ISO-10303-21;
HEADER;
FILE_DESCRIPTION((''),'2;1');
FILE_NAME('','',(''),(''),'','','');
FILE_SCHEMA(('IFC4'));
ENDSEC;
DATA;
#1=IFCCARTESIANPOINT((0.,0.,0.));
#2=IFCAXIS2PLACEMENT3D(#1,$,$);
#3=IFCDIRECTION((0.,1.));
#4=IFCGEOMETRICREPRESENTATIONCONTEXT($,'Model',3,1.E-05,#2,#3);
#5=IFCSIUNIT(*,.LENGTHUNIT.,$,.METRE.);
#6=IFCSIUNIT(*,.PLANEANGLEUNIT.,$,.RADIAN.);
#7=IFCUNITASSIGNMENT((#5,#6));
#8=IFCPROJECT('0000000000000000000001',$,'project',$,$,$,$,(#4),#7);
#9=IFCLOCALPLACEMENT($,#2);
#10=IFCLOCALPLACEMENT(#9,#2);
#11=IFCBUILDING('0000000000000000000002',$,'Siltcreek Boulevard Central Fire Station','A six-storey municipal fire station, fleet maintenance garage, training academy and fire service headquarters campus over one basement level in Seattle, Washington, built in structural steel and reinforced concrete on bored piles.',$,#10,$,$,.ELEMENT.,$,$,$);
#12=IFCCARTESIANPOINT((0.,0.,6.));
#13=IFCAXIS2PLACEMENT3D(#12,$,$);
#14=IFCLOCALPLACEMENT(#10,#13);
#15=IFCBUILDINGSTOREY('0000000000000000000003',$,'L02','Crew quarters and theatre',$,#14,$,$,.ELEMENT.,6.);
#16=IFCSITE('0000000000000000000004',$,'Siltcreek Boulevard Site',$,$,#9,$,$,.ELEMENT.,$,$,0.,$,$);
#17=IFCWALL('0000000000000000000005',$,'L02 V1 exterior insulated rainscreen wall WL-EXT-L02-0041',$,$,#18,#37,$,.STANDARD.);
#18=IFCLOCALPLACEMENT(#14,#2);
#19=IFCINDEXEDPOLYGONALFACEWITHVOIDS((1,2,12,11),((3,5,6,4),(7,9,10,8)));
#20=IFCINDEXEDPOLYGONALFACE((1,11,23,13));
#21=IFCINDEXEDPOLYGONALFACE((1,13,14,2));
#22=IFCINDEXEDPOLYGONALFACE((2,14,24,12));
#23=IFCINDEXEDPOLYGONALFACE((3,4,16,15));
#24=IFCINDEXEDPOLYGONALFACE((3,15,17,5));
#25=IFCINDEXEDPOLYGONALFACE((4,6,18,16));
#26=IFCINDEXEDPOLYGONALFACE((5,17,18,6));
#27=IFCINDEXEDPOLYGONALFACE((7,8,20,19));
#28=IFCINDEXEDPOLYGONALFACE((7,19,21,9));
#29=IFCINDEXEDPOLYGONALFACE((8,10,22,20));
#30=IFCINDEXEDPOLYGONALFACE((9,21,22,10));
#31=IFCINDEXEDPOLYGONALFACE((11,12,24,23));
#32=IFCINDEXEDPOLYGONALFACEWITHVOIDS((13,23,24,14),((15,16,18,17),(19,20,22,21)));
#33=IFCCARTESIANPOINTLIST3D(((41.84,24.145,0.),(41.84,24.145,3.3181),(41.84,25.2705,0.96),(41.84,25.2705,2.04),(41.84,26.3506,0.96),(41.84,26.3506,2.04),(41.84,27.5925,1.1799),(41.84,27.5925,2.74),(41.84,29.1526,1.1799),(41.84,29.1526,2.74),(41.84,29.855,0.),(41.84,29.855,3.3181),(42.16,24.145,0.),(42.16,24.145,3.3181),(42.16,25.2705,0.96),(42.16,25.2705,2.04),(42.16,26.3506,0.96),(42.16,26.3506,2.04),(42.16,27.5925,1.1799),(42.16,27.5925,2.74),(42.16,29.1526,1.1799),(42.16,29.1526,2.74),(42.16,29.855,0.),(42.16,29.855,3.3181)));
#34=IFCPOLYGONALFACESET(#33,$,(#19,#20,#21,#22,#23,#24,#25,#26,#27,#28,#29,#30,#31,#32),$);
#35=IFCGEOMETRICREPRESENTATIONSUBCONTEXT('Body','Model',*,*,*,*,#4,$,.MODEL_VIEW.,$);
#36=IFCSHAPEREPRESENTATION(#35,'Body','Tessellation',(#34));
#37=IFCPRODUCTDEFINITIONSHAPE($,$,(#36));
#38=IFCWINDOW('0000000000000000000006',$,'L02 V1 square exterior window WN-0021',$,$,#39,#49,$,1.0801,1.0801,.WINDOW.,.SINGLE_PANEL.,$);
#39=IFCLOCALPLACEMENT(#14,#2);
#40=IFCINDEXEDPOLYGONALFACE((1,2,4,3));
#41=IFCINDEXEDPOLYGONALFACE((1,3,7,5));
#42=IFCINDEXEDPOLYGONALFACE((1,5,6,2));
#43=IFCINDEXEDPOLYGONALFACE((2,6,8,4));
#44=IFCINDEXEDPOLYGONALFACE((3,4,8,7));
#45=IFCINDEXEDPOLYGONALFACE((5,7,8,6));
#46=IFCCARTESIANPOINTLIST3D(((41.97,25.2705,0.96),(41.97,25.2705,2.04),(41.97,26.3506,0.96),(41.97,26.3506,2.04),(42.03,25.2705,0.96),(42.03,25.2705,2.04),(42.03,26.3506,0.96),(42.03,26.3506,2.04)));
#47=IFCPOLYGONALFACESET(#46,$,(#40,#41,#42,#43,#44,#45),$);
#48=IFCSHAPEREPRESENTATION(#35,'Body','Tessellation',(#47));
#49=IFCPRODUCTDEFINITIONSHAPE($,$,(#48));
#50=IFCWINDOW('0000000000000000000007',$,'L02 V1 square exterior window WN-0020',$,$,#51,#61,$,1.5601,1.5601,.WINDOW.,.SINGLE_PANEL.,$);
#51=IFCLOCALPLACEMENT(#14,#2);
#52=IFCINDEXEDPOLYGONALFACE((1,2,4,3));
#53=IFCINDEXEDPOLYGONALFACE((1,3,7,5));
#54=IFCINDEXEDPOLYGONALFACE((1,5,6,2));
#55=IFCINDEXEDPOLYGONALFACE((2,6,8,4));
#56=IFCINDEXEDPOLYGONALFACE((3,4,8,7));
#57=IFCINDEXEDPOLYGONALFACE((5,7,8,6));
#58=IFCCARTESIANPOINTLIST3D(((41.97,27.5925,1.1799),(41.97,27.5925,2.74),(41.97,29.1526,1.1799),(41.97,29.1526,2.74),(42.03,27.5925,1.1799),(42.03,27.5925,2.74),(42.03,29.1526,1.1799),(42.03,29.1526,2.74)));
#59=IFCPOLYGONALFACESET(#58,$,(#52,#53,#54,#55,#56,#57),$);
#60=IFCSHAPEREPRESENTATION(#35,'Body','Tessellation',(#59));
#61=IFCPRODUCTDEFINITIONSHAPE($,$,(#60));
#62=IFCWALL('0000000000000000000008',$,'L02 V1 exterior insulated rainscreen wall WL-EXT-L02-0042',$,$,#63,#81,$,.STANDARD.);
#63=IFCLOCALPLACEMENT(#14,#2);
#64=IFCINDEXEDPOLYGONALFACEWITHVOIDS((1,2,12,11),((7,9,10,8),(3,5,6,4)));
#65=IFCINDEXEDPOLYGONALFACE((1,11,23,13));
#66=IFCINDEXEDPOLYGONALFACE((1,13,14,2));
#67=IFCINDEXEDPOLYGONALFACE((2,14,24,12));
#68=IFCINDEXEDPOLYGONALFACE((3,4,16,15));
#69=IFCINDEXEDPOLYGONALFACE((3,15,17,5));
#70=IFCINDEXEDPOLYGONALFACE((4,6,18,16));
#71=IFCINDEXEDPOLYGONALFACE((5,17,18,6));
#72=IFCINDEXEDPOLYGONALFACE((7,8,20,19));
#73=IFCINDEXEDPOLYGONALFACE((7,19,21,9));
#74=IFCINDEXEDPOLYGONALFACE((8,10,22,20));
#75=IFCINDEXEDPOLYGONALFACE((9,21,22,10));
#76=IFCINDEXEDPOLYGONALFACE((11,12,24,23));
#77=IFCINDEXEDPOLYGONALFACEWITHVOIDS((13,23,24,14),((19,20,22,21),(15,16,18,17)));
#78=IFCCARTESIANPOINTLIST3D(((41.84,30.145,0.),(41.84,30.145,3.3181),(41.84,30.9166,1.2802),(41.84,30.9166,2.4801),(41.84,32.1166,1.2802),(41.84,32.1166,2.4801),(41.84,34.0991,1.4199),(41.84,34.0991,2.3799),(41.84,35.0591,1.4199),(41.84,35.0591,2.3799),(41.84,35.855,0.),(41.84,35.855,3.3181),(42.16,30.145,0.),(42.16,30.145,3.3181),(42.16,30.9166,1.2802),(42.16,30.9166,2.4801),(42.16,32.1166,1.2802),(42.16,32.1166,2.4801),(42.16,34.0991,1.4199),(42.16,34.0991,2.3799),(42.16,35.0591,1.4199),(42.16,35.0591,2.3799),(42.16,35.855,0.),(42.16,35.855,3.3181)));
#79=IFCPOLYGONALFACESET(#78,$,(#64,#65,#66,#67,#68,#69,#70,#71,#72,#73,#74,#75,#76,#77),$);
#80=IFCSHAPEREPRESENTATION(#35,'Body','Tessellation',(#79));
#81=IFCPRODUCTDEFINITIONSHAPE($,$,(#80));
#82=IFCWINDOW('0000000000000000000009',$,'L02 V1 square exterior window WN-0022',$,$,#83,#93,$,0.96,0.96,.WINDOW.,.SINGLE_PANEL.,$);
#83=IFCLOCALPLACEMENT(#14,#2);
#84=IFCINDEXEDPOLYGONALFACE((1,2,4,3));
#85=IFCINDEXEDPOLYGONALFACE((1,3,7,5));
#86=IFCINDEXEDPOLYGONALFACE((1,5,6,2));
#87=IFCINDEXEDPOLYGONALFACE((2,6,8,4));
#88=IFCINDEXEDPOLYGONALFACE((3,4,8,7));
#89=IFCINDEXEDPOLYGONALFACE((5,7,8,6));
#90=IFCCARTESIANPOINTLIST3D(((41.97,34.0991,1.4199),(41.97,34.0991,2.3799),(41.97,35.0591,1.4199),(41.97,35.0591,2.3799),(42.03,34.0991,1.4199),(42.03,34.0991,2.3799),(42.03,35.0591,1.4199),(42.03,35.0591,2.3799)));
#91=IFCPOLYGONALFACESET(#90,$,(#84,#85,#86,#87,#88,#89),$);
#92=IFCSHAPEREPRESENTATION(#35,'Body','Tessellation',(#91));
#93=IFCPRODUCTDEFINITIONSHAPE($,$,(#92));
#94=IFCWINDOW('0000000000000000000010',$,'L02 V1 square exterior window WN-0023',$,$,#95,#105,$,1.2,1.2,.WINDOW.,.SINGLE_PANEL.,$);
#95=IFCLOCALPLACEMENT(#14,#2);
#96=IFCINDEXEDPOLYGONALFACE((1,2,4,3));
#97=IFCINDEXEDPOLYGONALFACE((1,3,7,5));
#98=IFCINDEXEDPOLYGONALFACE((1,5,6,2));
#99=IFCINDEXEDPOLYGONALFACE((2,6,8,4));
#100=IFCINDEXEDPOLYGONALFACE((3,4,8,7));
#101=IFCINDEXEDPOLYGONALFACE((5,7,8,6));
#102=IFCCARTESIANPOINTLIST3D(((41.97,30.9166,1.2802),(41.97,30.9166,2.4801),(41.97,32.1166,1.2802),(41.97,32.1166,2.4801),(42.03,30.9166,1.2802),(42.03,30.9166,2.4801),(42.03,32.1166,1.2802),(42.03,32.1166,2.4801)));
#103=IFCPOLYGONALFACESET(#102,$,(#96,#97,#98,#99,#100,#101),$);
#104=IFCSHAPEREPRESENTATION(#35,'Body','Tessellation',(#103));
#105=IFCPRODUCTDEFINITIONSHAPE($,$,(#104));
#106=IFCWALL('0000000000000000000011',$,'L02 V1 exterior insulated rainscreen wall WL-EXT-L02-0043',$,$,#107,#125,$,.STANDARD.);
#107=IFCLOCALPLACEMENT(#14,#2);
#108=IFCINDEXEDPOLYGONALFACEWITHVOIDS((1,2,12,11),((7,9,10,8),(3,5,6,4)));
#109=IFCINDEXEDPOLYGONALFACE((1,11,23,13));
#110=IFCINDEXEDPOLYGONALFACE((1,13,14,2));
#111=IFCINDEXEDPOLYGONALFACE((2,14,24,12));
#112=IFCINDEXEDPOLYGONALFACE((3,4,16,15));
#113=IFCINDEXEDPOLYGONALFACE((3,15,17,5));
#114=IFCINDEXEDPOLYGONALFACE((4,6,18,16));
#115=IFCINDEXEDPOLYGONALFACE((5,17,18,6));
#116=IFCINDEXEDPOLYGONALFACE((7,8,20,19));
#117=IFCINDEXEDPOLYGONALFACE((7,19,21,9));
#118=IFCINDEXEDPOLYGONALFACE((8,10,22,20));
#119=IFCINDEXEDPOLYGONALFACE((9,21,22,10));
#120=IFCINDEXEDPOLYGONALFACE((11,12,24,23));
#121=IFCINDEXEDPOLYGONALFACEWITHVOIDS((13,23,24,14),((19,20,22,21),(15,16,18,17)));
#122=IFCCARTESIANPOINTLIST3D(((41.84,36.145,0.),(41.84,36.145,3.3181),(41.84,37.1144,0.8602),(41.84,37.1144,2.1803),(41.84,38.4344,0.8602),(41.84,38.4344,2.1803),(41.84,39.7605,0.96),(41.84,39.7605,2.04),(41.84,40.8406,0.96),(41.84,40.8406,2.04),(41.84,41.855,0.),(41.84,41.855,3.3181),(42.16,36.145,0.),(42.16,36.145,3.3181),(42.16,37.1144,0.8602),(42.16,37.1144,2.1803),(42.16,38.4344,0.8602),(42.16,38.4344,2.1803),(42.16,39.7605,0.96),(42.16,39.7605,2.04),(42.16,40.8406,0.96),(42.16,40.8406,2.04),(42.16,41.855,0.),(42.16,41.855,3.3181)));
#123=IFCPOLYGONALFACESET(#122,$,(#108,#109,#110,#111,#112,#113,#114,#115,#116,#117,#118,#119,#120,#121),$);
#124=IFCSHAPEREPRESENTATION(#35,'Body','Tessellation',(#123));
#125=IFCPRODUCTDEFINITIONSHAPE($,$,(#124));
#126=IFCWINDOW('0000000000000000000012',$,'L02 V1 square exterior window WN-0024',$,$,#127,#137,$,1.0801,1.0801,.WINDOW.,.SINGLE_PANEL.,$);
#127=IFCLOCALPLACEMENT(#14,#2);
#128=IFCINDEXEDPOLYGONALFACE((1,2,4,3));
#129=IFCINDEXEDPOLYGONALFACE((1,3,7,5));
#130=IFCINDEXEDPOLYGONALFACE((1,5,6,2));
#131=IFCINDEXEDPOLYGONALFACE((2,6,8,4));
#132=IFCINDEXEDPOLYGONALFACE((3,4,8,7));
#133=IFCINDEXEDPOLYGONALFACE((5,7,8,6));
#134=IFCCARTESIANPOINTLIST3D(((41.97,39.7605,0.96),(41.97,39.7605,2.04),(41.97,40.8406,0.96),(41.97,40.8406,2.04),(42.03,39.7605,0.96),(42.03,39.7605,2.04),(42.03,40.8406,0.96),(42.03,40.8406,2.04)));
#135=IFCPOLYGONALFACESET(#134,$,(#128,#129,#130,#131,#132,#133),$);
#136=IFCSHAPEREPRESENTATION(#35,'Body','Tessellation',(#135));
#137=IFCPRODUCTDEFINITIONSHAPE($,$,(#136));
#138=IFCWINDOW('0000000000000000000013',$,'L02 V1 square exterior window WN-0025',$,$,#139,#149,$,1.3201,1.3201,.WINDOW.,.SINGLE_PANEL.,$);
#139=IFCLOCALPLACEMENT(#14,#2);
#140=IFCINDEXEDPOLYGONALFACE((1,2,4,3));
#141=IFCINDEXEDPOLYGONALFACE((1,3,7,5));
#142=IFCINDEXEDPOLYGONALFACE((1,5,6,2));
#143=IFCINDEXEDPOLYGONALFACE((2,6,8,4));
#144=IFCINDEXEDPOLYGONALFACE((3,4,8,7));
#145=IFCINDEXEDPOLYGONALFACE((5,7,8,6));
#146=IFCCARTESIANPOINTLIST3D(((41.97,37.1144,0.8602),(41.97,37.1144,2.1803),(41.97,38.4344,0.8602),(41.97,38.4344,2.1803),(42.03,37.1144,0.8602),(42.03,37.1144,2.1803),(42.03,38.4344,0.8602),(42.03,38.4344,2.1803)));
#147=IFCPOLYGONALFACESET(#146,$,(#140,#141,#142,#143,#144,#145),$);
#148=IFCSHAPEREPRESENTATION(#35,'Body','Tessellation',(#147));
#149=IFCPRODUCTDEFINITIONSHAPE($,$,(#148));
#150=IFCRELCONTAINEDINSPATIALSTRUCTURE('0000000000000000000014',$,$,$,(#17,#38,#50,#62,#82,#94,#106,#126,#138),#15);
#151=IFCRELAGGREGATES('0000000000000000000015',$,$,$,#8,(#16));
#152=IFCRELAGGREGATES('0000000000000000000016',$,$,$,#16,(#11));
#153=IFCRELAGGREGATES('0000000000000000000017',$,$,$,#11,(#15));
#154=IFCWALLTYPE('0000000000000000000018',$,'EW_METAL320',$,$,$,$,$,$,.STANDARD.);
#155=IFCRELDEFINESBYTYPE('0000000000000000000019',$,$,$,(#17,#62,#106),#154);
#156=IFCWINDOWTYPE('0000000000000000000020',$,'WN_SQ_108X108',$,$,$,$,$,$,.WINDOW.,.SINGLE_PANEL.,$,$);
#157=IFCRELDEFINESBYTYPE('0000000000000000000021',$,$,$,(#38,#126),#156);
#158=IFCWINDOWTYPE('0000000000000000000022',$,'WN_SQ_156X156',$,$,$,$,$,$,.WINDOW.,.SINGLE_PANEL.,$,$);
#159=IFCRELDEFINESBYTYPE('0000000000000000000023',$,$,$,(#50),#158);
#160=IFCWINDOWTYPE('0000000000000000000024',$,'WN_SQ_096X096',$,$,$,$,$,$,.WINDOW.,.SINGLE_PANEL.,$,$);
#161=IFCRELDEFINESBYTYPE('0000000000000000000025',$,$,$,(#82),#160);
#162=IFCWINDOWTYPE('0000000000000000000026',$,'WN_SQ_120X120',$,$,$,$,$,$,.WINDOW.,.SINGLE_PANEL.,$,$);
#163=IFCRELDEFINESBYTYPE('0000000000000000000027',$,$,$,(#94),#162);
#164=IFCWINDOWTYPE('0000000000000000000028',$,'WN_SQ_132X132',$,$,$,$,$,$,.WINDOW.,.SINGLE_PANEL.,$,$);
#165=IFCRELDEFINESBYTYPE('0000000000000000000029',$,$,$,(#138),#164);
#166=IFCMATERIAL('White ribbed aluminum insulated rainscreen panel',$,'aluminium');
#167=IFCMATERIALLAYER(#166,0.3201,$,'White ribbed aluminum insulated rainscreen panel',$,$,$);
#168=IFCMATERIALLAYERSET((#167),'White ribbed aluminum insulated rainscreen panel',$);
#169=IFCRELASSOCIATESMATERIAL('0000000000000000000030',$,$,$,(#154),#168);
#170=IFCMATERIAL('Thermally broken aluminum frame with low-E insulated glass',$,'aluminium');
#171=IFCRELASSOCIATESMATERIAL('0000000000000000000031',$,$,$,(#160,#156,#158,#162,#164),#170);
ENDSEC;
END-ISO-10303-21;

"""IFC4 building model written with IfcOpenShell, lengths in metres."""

from ifc_helpers import new_model, si_unit, direction, frame, frame_2d, origin, place, context, subcontext, project, spatial, rectangle, extrude, material, layer, layer_set, type_object, element, fill, save


model = new_model("IFC4")

# Units and contexts
model_context = context("Model", 3, precision=1e-05, world=origin(), true_north=direction((0.0, 1.0)))
body_context = subcontext(model_context, "Body", "Model", "MODEL_VIEW")
ifc_project = project(units=[si_unit("LENGTHUNIT", "METRE"), si_unit("PLANEANGLEUNIT", "RADIAN")], contexts=[model_context])

# Site, building, storey
site_placement = place(None, origin())
site = spatial("IfcSite", under=ifc_project, at=site_placement, Name="Siltcreek Boulevard Site", CompositionType="ELEMENT", RefElevation=0.0)
building_placement = place(site_placement, origin())
building = spatial("IfcBuilding", under=site, at=building_placement, Name="Siltcreek Boulevard Central Fire Station", Description="A six-storey municipal fire station, fleet maintenance garage, training academy and fire service headquarters campus over one basement level in Seattle, Washington, built in structural steel and reinforced concrete on bored piles.", CompositionType="ELEMENT")
storey_placement = place(building_placement, frame((0.0, 0.0, 6.0)))
storey = spatial("IfcBuildingStorey", under=building, at=storey_placement, Name="L02", Description="Crew quarters and theatre", CompositionType="ELEMENT", Elevation=6.0)

# Walls, openings, windows
ifc_material_1 = material(Name="White ribbed aluminum insulated rainscreen panel", Category="aluminium")
ifc_layer_1 = layer(ifc_material_1, 0.3201, Name="White ribbed aluminum insulated rainscreen panel")
ifc_layer_set_1 = layer_set([ifc_layer_1], Name="White ribbed aluminum insulated rainscreen panel")
wall_type = type_object("IfcWallType", Name="EW_METAL320", PredefinedType="STANDARD", material=ifc_layer_set_1)
ifc_material_2 = material(Name="Thermally broken aluminum frame with low-E insulated glass", Category="aluminium")
window_type_1 = type_object("IfcWindowType", Name="WN_SQ_096X096", PartitioningType="SINGLE_PANEL", PredefinedType="WINDOW", material=ifc_material_2)
wall_1_placement = place(storey_placement, frame((42.0, 29.855, 0.0), z_axis=(0.0, 0.0, 1.0), x_axis=(0.0, -1.0, 0.0)))
wall_1 = element("IfcWall", 1, at=wall_1_placement, inside=storey, type_object=wall_type, Name="L02 V1 exterior insulated rainscreen wall WL-EXT-L02-0041", PredefinedType="STANDARD", context=body_context, shape_type="SweptSolid", body=[
    extrude(rectangle(XDim=5.71, YDim=0.3201, at=frame_2d((2.855, 0.0))), origin(), (0.0, 0.0, 1.0), 3.3181),
])
opening_1_placement = place(wall_1_placement, frame((0.7024, 0.0, 1.1799)))
opening_1 = element("IfcOpeningElement", 2, at=opening_1_placement, cuts=wall_1, PredefinedType="OPENING", context=body_context, shape_type="SweptSolid", body=[
    extrude(rectangle(XDim=1.5601, YDim=1.5601, at=frame_2d((0.78, 0.78))), frame((0.0, 0.1699, 0.0), z_axis=(0.0, -1.0, 0.0), x_axis=(1.0, 0.0, 0.0)), (0.0, 0.0, 1.0), 0.3401),
])
opening_2_placement = place(wall_1_placement, frame((3.5044, 0.0, 0.96)))
opening_2 = element("IfcOpeningElement", 3, at=opening_2_placement, cuts=wall_1, PredefinedType="OPENING", context=body_context, shape_type="SweptSolid", body=[
    extrude(rectangle(XDim=1.0801, YDim=1.0801, at=frame_2d((0.54, 0.54))), frame((0.0, 0.1699, 0.0), z_axis=(0.0, -1.0, 0.0), x_axis=(1.0, 0.0, 0.0)), (0.0, 0.0, 1.0), 0.3401),
])
window_type_2 = type_object("IfcWindowType", Name="WN_SQ_108X108", PartitioningType="SINGLE_PANEL", PredefinedType="WINDOW", material=ifc_material_2)
window_1_placement = place(opening_2_placement, origin())
window_1 = element("IfcWindow", 4, at=window_1_placement, inside=storey, type_object=window_type_2, Name="L02 V1 square exterior window WN-0021", OverallHeight=1.0801, OverallWidth=1.0801, PartitioningType="SINGLE_PANEL", PredefinedType="WINDOW", context=body_context, shape_type="SweptSolid", body=[
    extrude(rectangle(XDim=1.0801, YDim=1.0801, at=frame_2d((0.54, 0.54))), frame((0.0, 0.03, 0.0), z_axis=(0.0, -1.0, 0.0), x_axis=(1.0, 0.0, 0.0)), (0.0, 0.0, 1.0), 0.0601),
])
fill(opening_2, window_1)
window_type_3 = type_object("IfcWindowType", Name="WN_SQ_156X156", PartitioningType="SINGLE_PANEL", PredefinedType="WINDOW", material=ifc_material_2)
window_2_placement = place(opening_1_placement, origin())
window_2 = element("IfcWindow", 5, at=window_2_placement, inside=storey, type_object=window_type_3, Name="L02 V1 square exterior window WN-0020", OverallHeight=1.5601, OverallWidth=1.5601, PartitioningType="SINGLE_PANEL", PredefinedType="WINDOW", context=body_context, shape_type="SweptSolid", body=[
    extrude(rectangle(XDim=1.5601, YDim=1.5601, at=frame_2d((0.78, 0.78))), frame((0.0, 0.03, 0.0), z_axis=(0.0, -1.0, 0.0), x_axis=(1.0, 0.0, 0.0)), (0.0, 0.0, 1.0), 0.0601),
])
fill(opening_1, window_2)
wall_2_placement = place(storey_placement, frame((42.0, 35.855, 0.0), z_axis=(0.0, 0.0, 1.0), x_axis=(0.0, -1.0, 0.0)))
wall_2 = element("IfcWall", 6, at=wall_2_placement, inside=storey, type_object=wall_type, Name="L02 V1 exterior insulated rainscreen wall WL-EXT-L02-0042", PredefinedType="STANDARD", context=body_context, shape_type="SweptSolid", body=[
    extrude(rectangle(XDim=5.71, YDim=0.3201, at=frame_2d((2.855, 0.0))), origin(), (0.0, 0.0, 1.0), 3.3181),
])
opening_3_placement = place(wall_2_placement, frame((0.7959, 0.0, 1.4199)))
opening_3 = element("IfcOpeningElement", 7, at=opening_3_placement, cuts=wall_2, PredefinedType="OPENING", context=body_context, shape_type="SweptSolid", body=[
    extrude(rectangle(XDim=0.96, YDim=0.96, at=frame_2d((0.48, 0.48))), frame((0.0, 0.1699, 0.0), z_axis=(0.0, -1.0, 0.0), x_axis=(1.0, 0.0, 0.0)), (0.0, 0.0, 1.0), 0.3401),
])
opening_4_placement = place(wall_2_placement, frame((3.7383, 0.0, 1.28)))
opening_4 = element("IfcOpeningElement", 8, at=opening_4_placement, cuts=wall_2, PredefinedType="OPENING", context=body_context, shape_type="SweptSolid", body=[
    extrude(rectangle(XDim=1.2, YDim=1.2, at=frame_2d((0.6001, 0.6001))), frame((0.0, 0.1699, 0.0), z_axis=(0.0, -1.0, 0.0), x_axis=(1.0, 0.0, 0.0)), (0.0, 0.0, 1.0), 0.3401),
])
window_3_placement = place(opening_3_placement, origin())
window_3 = element("IfcWindow", 9, at=window_3_placement, inside=storey, type_object=window_type_1, Name="L02 V1 square exterior window WN-0022", OverallHeight=0.96, OverallWidth=0.96, PartitioningType="SINGLE_PANEL", PredefinedType="WINDOW", context=body_context, shape_type="SweptSolid", body=[
    extrude(rectangle(XDim=0.96, YDim=0.96, at=frame_2d((0.48, 0.48))), frame((0.0, 0.03, 0.0), z_axis=(0.0, -1.0, 0.0), x_axis=(1.0, 0.0, 0.0)), (0.0, 0.0, 1.0), 0.0601),
])
fill(opening_3, window_3)
window_type_4 = type_object("IfcWindowType", Name="WN_SQ_120X120", PartitioningType="SINGLE_PANEL", PredefinedType="WINDOW", material=ifc_material_2)
window_4_placement = place(opening_4_placement, origin())
window_4 = element("IfcWindow", 10, at=window_4_placement, inside=storey, type_object=window_type_4, Name="L02 V1 square exterior window WN-0023", OverallHeight=1.2, OverallWidth=1.2, PartitioningType="SINGLE_PANEL", PredefinedType="WINDOW", context=body_context, shape_type="SweptSolid", body=[
    extrude(rectangle(XDim=1.2, YDim=1.2, at=frame_2d((0.6001, 0.6001))), frame((0.0, 0.03, 0.0), z_axis=(0.0, -1.0, 0.0), x_axis=(1.0, 0.0, 0.0)), (0.0, 0.0, 1.0), 0.0601),
])
fill(opening_4, window_4)
wall_3_placement = place(storey_placement, frame((42.0, 41.855, 0.0), z_axis=(0.0, 0.0, 1.0), x_axis=(0.0, -1.0, 0.0)))
wall_3 = element("IfcWall", 11, at=wall_3_placement, inside=storey, type_object=wall_type, Name="L02 V1 exterior insulated rainscreen wall WL-EXT-L02-0043", PredefinedType="STANDARD", context=body_context, shape_type="SweptSolid", body=[
    extrude(rectangle(XDim=5.71, YDim=0.3201, at=frame_2d((2.855, 0.0))), origin(), (0.0, 0.0, 1.0), 3.3181),
])
opening_5_placement = place(wall_3_placement, frame((1.0144, 0.0, 0.96)))
opening_5 = element("IfcOpeningElement", 12, at=opening_5_placement, cuts=wall_3, PredefinedType="OPENING", context=body_context, shape_type="SweptSolid", body=[
    extrude(rectangle(XDim=1.0801, YDim=1.0801, at=frame_2d((0.54, 0.54))), frame((0.0, 0.1699, 0.0), z_axis=(0.0, -1.0, 0.0), x_axis=(1.0, 0.0, 0.0)), (0.0, 0.0, 1.0), 0.3401),
])
opening_6_placement = place(wall_3_placement, frame((3.4204, 0.0, 0.8601)))
opening_6 = element("IfcOpeningElement", 13, at=opening_6_placement, cuts=wall_3, PredefinedType="OPENING", context=body_context, shape_type="SweptSolid", body=[
    extrude(rectangle(XDim=1.3201, YDim=1.3201, at=frame_2d((0.6602, 0.6602))), frame((0.0, 0.1699, 0.0), z_axis=(0.0, -1.0, 0.0), x_axis=(1.0, 0.0, 0.0)), (0.0, 0.0, 1.0), 0.3401),
])
window_5_placement = place(opening_5_placement, origin())
window_5 = element("IfcWindow", 14, at=window_5_placement, inside=storey, type_object=window_type_2, Name="L02 V1 square exterior window WN-0024", OverallHeight=1.0801, OverallWidth=1.0801, PartitioningType="SINGLE_PANEL", PredefinedType="WINDOW", context=body_context, shape_type="SweptSolid", body=[
    extrude(rectangle(XDim=1.0801, YDim=1.0801, at=frame_2d((0.54, 0.54))), frame((0.0, 0.03, 0.0), z_axis=(0.0, -1.0, 0.0), x_axis=(1.0, 0.0, 0.0)), (0.0, 0.0, 1.0), 0.0601),
])
fill(opening_5, window_5)
window_type_5 = type_object("IfcWindowType", Name="WN_SQ_132X132", PartitioningType="SINGLE_PANEL", PredefinedType="WINDOW", material=ifc_material_2)
window_6_placement = place(opening_6_placement, origin())
window_6 = element("IfcWindow", 15, at=window_6_placement, inside=storey, type_object=window_type_5, Name="L02 V1 square exterior window WN-0025", OverallHeight=1.3201, OverallWidth=1.3201, PartitioningType="SINGLE_PANEL", PredefinedType="WINDOW", context=body_context, shape_type="SweptSolid", body=[
    extrude(rectangle(XDim=1.3201, YDim=1.3201, at=frame_2d((0.6602, 0.6602))), frame((0.0, 0.03, 0.0), z_axis=(0.0, -1.0, 0.0), x_axis=(1.0, 0.0, 0.0)), (0.0, 0.0, 1.0), 0.0601),
])
fill(opening_6, window_6)

save(model, "model.ifc")
